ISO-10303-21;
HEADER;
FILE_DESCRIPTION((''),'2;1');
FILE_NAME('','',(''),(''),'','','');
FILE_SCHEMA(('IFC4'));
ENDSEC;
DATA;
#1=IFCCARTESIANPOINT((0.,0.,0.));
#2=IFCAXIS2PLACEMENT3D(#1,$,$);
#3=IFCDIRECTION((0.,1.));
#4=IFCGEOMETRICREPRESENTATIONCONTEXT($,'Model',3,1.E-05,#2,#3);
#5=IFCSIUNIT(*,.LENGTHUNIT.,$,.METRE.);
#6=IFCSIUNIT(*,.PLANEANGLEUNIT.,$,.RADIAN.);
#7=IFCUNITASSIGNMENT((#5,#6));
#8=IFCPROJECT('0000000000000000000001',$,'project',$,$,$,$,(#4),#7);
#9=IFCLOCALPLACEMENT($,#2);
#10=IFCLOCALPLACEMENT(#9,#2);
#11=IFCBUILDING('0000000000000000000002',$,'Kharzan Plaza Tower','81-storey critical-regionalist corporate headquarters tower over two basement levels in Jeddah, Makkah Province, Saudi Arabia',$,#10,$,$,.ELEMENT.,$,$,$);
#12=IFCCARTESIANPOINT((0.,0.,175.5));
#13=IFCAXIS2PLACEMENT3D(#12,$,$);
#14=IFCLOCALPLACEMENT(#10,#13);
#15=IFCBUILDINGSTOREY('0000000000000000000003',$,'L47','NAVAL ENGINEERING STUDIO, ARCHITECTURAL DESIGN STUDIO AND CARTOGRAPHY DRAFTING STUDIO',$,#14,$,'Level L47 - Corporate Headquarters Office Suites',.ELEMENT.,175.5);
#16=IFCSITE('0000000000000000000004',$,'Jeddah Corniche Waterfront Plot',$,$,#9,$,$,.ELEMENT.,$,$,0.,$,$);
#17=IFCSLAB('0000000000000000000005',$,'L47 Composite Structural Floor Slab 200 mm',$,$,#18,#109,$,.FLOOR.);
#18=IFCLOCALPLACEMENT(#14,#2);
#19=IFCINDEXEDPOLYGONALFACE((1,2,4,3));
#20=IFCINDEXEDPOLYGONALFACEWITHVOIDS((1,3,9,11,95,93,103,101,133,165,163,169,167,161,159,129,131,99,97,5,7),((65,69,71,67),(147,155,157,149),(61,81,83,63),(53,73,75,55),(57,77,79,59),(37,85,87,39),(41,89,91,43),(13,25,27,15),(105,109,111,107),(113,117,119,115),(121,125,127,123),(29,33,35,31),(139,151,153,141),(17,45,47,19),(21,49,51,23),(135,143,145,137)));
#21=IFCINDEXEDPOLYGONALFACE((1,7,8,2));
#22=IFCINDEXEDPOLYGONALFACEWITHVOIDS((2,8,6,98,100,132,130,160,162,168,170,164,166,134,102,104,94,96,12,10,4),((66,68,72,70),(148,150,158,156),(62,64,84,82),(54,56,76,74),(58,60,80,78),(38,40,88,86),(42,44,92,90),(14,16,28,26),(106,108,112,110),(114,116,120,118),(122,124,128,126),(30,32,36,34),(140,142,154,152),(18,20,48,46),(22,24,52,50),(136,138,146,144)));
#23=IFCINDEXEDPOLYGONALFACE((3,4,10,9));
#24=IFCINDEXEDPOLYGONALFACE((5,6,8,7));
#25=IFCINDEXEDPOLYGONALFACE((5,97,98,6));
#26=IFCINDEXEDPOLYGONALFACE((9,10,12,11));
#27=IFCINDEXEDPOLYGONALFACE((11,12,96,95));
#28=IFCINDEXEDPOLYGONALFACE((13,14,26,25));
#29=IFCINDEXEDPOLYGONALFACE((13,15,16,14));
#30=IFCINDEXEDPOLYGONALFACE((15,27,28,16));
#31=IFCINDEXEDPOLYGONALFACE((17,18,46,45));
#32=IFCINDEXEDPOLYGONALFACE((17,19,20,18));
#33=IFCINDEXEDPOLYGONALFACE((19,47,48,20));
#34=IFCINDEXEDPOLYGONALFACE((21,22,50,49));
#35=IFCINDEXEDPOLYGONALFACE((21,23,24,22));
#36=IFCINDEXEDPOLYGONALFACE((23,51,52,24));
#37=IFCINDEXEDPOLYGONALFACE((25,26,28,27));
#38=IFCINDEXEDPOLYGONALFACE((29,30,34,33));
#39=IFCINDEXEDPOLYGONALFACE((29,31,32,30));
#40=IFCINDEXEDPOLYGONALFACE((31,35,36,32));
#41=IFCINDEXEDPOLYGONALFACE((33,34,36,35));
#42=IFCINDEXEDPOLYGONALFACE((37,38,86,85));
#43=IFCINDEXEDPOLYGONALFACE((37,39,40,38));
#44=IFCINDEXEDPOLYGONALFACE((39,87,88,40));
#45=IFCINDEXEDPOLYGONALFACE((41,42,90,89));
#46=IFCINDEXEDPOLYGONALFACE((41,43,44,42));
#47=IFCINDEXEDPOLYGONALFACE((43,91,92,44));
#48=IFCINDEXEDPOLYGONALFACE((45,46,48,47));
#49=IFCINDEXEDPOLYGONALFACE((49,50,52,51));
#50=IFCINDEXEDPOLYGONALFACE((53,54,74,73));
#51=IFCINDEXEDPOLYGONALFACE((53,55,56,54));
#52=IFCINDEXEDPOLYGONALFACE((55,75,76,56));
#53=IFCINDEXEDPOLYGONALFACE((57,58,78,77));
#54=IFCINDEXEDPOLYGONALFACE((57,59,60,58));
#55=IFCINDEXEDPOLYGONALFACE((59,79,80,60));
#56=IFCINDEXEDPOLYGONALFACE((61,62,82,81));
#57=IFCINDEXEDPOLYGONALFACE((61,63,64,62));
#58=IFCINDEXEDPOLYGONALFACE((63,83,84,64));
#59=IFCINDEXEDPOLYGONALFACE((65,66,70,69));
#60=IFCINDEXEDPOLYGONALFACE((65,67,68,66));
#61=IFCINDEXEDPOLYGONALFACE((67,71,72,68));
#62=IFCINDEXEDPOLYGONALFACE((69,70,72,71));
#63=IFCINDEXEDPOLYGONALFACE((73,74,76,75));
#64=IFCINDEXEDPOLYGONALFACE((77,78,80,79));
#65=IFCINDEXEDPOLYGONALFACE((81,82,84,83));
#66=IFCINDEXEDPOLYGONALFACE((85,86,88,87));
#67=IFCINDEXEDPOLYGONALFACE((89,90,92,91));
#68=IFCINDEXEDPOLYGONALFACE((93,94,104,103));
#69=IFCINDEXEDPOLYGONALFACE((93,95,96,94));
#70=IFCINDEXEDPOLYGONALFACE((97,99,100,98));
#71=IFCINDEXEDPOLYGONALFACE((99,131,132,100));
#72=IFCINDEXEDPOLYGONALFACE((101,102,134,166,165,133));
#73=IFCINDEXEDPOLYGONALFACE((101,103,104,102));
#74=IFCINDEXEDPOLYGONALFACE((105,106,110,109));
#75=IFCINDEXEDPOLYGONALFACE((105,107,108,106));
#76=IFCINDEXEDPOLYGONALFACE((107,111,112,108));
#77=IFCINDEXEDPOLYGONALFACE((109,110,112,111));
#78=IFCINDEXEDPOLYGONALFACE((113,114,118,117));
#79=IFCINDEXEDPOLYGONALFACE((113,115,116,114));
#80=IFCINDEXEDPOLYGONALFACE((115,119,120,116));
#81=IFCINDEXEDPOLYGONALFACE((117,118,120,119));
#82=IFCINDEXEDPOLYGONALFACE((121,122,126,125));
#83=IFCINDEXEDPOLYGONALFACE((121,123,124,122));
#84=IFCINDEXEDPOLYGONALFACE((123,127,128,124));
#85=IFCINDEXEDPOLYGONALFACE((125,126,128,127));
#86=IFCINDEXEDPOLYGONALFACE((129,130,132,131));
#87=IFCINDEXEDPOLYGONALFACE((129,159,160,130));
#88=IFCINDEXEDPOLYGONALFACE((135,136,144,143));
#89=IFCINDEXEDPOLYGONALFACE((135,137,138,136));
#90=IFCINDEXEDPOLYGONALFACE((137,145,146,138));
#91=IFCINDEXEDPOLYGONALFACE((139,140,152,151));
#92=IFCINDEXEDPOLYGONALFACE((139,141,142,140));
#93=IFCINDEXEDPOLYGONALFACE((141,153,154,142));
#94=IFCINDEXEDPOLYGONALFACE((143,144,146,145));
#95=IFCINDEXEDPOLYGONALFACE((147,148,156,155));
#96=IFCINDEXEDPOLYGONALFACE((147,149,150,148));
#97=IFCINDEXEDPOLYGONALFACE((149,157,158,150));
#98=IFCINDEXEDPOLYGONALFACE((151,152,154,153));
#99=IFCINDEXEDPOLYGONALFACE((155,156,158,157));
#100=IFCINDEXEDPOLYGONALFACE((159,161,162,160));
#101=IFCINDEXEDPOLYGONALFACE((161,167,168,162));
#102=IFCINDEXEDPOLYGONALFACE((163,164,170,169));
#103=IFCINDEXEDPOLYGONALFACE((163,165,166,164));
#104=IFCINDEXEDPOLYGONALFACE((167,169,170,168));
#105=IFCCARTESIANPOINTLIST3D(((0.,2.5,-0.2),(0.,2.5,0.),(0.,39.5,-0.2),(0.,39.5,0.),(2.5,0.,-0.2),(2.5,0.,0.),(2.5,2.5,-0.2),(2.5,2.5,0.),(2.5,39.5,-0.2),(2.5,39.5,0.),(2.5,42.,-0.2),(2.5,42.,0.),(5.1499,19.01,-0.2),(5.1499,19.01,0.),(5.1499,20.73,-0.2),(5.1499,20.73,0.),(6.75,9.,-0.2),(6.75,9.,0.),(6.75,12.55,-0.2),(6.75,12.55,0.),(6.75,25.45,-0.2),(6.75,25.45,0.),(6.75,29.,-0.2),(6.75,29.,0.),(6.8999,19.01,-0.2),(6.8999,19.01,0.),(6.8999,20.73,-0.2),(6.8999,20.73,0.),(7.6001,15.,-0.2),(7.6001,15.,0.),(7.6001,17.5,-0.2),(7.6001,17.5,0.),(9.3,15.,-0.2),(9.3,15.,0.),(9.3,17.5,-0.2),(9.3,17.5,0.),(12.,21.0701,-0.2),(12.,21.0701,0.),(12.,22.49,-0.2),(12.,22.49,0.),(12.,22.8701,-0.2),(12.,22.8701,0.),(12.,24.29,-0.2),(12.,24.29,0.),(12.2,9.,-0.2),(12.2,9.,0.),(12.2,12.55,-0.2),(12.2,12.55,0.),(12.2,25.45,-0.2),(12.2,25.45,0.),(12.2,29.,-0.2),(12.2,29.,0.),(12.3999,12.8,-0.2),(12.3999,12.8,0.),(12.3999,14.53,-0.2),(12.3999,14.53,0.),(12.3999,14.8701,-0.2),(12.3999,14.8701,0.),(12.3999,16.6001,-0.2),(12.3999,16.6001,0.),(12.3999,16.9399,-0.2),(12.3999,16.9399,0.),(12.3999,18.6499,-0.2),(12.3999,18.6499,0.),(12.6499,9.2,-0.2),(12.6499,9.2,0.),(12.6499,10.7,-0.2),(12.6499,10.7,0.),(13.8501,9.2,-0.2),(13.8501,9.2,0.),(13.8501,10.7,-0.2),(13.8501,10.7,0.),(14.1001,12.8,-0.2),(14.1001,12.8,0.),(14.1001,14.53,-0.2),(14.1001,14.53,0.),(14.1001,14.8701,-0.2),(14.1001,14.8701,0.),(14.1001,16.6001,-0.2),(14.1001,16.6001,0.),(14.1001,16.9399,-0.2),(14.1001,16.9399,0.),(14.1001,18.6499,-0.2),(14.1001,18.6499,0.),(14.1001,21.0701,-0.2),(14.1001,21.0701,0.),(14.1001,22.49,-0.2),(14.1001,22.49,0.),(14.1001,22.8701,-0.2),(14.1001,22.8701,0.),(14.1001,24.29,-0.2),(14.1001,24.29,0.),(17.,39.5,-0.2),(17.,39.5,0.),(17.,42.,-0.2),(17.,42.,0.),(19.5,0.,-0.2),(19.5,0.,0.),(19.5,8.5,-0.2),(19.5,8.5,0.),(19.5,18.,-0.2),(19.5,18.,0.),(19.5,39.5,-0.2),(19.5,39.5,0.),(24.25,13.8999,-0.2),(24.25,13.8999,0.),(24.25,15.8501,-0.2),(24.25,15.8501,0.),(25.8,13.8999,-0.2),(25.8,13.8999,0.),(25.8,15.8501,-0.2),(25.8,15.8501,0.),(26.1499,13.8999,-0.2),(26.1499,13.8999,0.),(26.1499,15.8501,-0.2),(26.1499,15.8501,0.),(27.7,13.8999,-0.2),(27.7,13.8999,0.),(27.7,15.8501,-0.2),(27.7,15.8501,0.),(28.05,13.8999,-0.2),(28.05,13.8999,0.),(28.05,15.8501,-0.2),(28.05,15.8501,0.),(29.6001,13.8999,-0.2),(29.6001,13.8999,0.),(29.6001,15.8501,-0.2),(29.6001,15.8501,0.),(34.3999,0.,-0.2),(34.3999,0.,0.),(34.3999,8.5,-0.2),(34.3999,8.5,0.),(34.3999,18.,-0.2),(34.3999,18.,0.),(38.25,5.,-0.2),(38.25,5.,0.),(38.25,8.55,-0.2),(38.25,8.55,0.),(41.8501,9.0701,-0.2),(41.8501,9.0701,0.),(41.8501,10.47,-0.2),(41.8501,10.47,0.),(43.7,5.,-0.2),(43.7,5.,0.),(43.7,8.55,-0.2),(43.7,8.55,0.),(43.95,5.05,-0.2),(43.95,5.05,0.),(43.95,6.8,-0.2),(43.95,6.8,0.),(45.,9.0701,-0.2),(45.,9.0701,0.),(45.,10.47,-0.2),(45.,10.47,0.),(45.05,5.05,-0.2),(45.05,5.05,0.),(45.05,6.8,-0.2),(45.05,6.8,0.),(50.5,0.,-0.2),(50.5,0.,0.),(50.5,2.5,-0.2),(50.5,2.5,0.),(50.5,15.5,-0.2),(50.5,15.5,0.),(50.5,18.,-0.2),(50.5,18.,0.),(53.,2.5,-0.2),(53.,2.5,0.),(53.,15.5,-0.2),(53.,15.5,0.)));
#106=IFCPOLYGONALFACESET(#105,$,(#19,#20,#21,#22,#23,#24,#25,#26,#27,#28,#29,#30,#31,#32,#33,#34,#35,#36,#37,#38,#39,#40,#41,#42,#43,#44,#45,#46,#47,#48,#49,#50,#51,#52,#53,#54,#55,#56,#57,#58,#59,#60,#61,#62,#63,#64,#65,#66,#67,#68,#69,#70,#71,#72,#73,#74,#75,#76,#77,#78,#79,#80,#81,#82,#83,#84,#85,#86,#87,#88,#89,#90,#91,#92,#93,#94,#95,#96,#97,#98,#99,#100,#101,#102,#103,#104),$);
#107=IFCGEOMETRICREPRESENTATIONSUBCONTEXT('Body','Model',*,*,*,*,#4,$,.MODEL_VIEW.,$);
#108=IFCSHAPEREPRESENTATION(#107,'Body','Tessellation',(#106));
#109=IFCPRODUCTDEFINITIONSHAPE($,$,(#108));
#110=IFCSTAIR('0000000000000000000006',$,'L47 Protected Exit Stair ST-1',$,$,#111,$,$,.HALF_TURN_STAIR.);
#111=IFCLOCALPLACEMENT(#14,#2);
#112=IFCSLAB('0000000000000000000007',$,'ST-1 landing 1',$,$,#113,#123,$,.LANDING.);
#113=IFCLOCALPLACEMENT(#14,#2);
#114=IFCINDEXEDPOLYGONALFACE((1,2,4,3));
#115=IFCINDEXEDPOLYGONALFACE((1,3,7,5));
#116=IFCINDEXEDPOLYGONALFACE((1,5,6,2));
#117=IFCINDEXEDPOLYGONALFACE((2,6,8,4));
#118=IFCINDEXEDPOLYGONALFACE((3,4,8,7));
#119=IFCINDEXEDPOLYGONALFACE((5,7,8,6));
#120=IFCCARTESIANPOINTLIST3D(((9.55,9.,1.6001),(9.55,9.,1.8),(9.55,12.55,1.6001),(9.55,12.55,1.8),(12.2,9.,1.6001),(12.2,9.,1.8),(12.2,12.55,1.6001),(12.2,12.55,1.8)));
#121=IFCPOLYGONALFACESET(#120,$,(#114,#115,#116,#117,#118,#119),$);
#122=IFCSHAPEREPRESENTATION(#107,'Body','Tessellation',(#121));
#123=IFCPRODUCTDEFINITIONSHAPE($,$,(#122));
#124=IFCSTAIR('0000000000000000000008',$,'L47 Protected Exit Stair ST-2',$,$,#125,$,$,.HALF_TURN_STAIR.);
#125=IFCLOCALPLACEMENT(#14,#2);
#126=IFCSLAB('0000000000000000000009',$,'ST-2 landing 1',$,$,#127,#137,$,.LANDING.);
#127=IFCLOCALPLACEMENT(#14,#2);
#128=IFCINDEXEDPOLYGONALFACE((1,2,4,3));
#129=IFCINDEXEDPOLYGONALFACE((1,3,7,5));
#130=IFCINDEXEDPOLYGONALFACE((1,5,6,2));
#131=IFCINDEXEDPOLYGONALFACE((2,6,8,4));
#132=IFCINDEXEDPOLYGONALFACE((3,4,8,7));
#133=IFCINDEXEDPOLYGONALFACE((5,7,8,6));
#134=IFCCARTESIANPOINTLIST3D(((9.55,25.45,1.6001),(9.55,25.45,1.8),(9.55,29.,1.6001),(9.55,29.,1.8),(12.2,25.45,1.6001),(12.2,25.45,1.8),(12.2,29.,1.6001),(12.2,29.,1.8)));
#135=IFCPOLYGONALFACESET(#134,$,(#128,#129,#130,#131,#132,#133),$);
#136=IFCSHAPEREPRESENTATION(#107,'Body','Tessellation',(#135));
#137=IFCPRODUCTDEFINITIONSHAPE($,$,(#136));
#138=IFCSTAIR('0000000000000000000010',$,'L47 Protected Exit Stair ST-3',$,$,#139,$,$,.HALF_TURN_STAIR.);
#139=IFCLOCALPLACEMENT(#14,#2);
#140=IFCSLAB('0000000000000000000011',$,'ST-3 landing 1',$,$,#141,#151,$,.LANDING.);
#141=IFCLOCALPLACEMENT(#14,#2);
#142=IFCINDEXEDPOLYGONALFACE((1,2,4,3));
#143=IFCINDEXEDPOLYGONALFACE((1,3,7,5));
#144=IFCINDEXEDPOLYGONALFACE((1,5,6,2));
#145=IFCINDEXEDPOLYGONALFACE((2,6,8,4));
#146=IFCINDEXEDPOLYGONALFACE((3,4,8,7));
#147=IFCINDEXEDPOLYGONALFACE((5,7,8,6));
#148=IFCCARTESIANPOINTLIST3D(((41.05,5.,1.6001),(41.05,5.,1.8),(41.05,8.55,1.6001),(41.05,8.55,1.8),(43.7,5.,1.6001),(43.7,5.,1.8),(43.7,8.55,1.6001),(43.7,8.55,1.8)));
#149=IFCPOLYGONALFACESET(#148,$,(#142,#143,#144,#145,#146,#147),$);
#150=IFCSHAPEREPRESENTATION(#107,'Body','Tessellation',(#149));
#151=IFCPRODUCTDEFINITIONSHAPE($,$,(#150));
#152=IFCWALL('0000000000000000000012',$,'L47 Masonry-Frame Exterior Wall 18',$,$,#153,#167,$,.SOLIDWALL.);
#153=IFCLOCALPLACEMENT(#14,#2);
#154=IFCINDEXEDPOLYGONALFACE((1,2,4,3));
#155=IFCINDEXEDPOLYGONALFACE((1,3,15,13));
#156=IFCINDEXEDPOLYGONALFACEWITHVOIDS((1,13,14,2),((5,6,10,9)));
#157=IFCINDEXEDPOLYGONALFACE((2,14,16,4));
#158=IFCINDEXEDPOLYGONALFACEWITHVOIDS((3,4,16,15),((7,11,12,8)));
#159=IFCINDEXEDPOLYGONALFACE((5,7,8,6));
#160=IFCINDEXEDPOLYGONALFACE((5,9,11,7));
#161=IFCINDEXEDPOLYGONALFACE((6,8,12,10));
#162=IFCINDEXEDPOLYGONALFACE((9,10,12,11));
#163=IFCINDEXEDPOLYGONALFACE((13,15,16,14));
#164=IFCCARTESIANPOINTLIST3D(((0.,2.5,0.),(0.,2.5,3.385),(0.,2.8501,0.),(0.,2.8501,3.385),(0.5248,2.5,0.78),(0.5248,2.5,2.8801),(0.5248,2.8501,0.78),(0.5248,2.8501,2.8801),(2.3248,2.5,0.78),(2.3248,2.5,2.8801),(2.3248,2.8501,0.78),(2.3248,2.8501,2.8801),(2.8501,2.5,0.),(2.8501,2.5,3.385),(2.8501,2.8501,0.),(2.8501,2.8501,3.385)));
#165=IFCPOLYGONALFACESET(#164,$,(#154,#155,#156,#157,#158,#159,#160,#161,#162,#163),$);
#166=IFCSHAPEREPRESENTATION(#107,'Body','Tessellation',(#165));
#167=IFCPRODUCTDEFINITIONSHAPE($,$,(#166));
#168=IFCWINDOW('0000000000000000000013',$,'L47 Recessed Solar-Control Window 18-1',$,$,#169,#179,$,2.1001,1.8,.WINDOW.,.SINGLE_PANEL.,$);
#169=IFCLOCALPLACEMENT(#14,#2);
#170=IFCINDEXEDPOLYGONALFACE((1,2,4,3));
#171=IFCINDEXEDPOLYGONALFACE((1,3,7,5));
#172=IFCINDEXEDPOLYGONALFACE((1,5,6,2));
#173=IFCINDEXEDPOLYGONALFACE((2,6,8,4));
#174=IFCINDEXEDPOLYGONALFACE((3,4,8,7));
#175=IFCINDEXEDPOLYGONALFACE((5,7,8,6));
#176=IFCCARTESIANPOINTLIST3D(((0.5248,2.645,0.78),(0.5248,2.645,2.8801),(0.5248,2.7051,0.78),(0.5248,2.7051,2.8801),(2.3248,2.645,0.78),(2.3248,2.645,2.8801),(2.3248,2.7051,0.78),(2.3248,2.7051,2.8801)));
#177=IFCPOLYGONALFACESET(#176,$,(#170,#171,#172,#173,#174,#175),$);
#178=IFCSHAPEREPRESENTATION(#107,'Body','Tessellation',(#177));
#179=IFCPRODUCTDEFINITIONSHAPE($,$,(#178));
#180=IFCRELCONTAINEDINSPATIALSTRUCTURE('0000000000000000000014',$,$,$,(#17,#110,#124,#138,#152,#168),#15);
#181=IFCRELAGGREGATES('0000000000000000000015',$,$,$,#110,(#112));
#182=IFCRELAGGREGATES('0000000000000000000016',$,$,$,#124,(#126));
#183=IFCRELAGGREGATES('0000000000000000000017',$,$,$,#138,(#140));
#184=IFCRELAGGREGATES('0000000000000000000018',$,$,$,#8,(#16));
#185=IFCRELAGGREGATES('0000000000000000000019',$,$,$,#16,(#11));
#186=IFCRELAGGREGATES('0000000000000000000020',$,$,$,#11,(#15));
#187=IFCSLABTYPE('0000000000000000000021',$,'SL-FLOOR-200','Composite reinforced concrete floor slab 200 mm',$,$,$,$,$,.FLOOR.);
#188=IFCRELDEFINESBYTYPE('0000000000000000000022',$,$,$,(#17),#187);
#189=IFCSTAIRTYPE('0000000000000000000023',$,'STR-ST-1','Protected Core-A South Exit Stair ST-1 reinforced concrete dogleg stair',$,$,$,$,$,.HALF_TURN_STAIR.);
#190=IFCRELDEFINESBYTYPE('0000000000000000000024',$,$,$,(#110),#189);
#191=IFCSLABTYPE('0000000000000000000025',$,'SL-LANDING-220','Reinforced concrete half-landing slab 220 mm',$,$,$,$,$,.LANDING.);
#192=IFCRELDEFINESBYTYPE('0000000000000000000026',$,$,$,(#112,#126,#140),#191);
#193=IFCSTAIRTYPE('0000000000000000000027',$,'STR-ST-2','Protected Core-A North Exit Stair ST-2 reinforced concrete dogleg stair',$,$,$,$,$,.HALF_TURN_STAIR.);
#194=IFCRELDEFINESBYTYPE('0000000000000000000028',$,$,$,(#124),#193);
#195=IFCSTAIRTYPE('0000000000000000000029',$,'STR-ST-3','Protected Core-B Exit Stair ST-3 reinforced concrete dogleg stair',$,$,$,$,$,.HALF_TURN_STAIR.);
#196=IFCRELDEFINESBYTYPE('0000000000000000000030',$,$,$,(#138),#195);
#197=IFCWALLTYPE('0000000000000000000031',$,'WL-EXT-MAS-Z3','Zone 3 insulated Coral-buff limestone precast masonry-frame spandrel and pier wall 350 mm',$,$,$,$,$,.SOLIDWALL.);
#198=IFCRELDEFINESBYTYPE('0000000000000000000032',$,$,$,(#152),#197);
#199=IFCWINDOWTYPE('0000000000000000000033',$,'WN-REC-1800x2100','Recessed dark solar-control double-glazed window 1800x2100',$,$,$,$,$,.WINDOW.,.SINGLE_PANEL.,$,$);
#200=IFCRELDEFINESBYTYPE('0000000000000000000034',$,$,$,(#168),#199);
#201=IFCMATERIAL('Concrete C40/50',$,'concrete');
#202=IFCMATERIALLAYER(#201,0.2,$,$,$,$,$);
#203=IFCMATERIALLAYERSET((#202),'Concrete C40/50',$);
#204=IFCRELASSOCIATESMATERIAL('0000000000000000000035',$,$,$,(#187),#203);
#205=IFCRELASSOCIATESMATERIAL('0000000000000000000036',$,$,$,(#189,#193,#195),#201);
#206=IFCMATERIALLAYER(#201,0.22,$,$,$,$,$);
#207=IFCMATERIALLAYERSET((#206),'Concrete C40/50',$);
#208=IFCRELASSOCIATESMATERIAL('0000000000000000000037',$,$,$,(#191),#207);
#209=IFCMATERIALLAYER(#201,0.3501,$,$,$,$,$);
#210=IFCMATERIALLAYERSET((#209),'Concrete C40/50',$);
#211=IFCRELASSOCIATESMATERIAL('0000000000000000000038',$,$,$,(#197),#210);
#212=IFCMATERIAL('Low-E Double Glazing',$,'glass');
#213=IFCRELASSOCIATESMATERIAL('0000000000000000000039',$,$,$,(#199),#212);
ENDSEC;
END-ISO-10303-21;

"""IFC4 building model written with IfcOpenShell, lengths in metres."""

from ifc_helpers import new_model, si_unit, direction, frame, frame_2d, origin, place, context, subcontext, project, spatial, polyline, rectangle, outline, extrude, source, transform, mapped, material, layer, layer_set, type_object, element, fill, aggregate, save


model = new_model("IFC4")

# Units and contexts
model_context = context("Model", 3, precision=1e-05, world=origin(), true_north=direction((0.0, 1.0)))
body_context = subcontext(model_context, "Body", "Model", "MODEL_VIEW")
ifc_project = project(units=[si_unit("LENGTHUNIT", "METRE"), si_unit("PLANEANGLEUNIT", "RADIAN")], contexts=[model_context])

# Site, building, storey
site_placement = place(None, origin())
site = spatial("IfcSite", under=ifc_project, at=site_placement, Name="Jeddah Corniche Waterfront Plot", CompositionType="ELEMENT", RefElevation=0.0)
building_placement = place(site_placement, origin())
building = spatial("IfcBuilding", under=site, at=building_placement, Name="Kharzan Plaza Tower", Description="81-storey critical-regionalist corporate headquarters tower over two basement levels in Jeddah, Makkah Province, Saudi Arabia", CompositionType="ELEMENT")
storey_placement = place(building_placement, frame((0.0, 0.0, 175.5)))
storey = spatial("IfcBuildingStorey", under=building, at=storey_placement, Name="L47", Description="NAVAL ENGINEERING STUDIO, ARCHITECTURAL DESIGN STUDIO AND CARTOGRAPHY DRAFTING STUDIO", LongName="Level L47 - Corporate Headquarters Office Suites", CompositionType="ELEMENT", Elevation=175.5)

# Slab
ifc_material_1 = material(Name="Concrete C40/50", Category="concrete")
ifc_layer_1 = layer(ifc_material_1, 0.2)
ifc_layer_set_1 = layer_set([ifc_layer_1], Name="Concrete C40/50")
slab_type_1 = type_object("IfcSlabType", Name="SL-FLOOR-200", Description="Composite reinforced concrete floor slab 200 mm", PredefinedType="FLOOR", material=ifc_layer_set_1)
slab_1_placement = place(storey_placement, frame((0.0, 0.0, -0.2)))
element("IfcSlab", 1, at=slab_1_placement, inside=storey, type_object=slab_type_1, Name="L47 Composite Structural Floor Slab 200 mm", PredefinedType="FLOOR", context=body_context, shape_type="SweptSolid", body=[
    extrude(outline(polyline([(34.3999, 18.0), (19.5, 18.0), (19.5, 39.5), (17.0, 39.5), (17.0, 42.0), (2.5, 42.0), (2.5, 39.5), (0.0, 39.5), (0.0, 2.5), (2.5, 2.5), (2.5, 0.0), (19.5, 0.0), (19.5, 8.5), (34.3999, 8.5), (34.3999, 0.0), (50.5, 0.0), (50.5, 2.5), (53.0, 2.5), (53.0, 15.5), (50.5, 15.5), (50.5, 18.0), (34.3999, 18.0)]), holes=[polyline([(12.2, 9.0), (12.2, 12.55), (6.75, 12.55), (6.75, 9.0), (12.2, 9.0)]), polyline([(14.1001, 12.8), (14.1001, 14.53), (12.3999, 14.53), (12.3999, 12.8), (14.1001, 12.8)]), polyline([(14.1001, 14.8701), (14.1001, 16.6001), (12.3999, 16.6001), (12.3999, 14.8701), (14.1001, 14.8701)]), polyline([(9.3, 15.0), (9.3, 17.5), (7.6001, 17.5), (7.6001, 15.0), (9.3, 15.0)]), polyline([(6.8999, 19.01), (6.8999, 20.73), (5.1499, 20.73), (5.1499, 19.01), (6.8999, 19.01)]), polyline([(14.1001, 21.0701), (14.1001, 22.49), (12.0, 22.49), (12.0, 21.0701), (14.1001, 21.0701)]), polyline([(14.1001, 22.8701), (14.1001, 24.29), (12.0, 24.29), (12.0, 22.8701), (14.1001, 22.8701)]), polyline([(12.2, 25.45), (12.2, 29.0), (6.75, 29.0), (6.75, 25.45), (12.2, 25.45)]), polyline([(45.05, 5.05), (45.05, 6.8), (43.95, 6.8), (43.95, 5.05), (45.05, 5.05)]), polyline([(43.7, 5.0), (43.7, 8.55), (38.25, 8.55), (38.25, 5.0), (43.7, 5.0)]), polyline([(45.0, 9.0701), (45.0, 10.47), (41.8501, 10.47), (41.8501, 9.0701), (45.0, 9.0701)]), polyline([(13.8501, 9.2), (13.8501, 10.7), (12.6499, 10.7), (12.6499, 9.2), (13.8501, 9.2)]), polyline([(25.8, 13.8999), (25.8, 15.8501), (24.25, 15.8501), (24.25, 13.8999), (25.8, 13.8999)]), polyline([(27.7, 13.8999), (27.7, 15.8501), (26.1499, 15.8501), (26.1499, 13.8999), (27.7, 13.8999)]), polyline([(29.6001, 13.8999), (29.6001, 15.8501), (28.05, 15.8501), (28.05, 13.8999), (29.6001, 13.8999)]), polyline([(14.1001, 16.9399), (14.1001, 18.6499), (12.3999, 18.6499), (12.3999, 16.9399), (14.1001, 16.9399)])]), origin(), (0.0, 0.0, 1.0), 0.2),
])

# Stairs, slabs
stair_type_1 = type_object("IfcStairType", Name="STR-ST-1", Description="Protected Core-A South Exit Stair ST-1 reinforced concrete dogleg stair", PredefinedType="HALF_TURN_STAIR", material=ifc_material_1)
stair_1_placement = place(storey_placement, origin())
stair_1 = element("IfcStair", 2, at=stair_1_placement, inside=storey, type_object=stair_type_1, Name="L47 Protected Exit Stair ST-1", PredefinedType="HALF_TURN_STAIR")
ifc_layer_2 = layer(ifc_material_1, 0.22)
ifc_layer_set_2 = layer_set([ifc_layer_2], Name="Concrete C40/50")
slab_type_2 = type_object("IfcSlabType", Name="SL-LANDING-220", Description="Reinforced concrete half-landing slab 220 mm", PredefinedType="LANDING", material=ifc_layer_set_2)
slab_2_placement = place(storey_placement, frame((0.0, 0.0, 1.6001)))
slab_2 = element("IfcSlab", 3, at=slab_2_placement, type_object=slab_type_2, Name="ST-1 landing 1", PredefinedType="LANDING", context=body_context, shape_type="SweptSolid", body=[
    extrude(outline(polyline([(9.55, 9.0), (12.2, 9.0), (12.2, 12.55), (9.55, 12.55), (9.55, 9.0)])), origin(), (0.0, 0.0, 1.0), 0.2),
])
aggregate(stair_1, [slab_2])
stair_type_2 = type_object("IfcStairType", Name="STR-ST-2", Description="Protected Core-A North Exit Stair ST-2 reinforced concrete dogleg stair", PredefinedType="HALF_TURN_STAIR", material=ifc_material_1)
stair_2_placement = place(storey_placement, origin())
stair_2 = element("IfcStair", 4, at=stair_2_placement, inside=storey, type_object=stair_type_2, Name="L47 Protected Exit Stair ST-2", PredefinedType="HALF_TURN_STAIR")
slab_3_placement = place(storey_placement, frame((0.0, 0.0, 1.6001)))
slab_3 = element("IfcSlab", 5, at=slab_3_placement, type_object=slab_type_2, Name="ST-2 landing 1", PredefinedType="LANDING", context=body_context, shape_type="SweptSolid", body=[
    extrude(outline(polyline([(9.55, 25.45), (12.2, 25.45), (12.2, 29.0), (9.55, 29.0), (9.55, 25.45)])), origin(), (0.0, 0.0, 1.0), 0.2),
])
aggregate(stair_2, [slab_3])
stair_type_3 = type_object("IfcStairType", Name="STR-ST-3", Description="Protected Core-B Exit Stair ST-3 reinforced concrete dogleg stair", PredefinedType="HALF_TURN_STAIR", material=ifc_material_1)
stair_3_placement = place(storey_placement, origin())
stair_3 = element("IfcStair", 6, at=stair_3_placement, inside=storey, type_object=stair_type_3, Name="L47 Protected Exit Stair ST-3", PredefinedType="HALF_TURN_STAIR")
slab_4_placement = place(storey_placement, frame((0.0, 0.0, 1.6001)))
slab_4 = element("IfcSlab", 7, at=slab_4_placement, type_object=slab_type_2, Name="ST-3 landing 1", PredefinedType="LANDING", context=body_context, shape_type="SweptSolid", body=[
    extrude(outline(polyline([(41.05, 5.0), (43.7, 5.0), (43.7, 8.55), (41.05, 8.55), (41.05, 5.0)])), origin(), (0.0, 0.0, 1.0), 0.2),
])
aggregate(stair_3, [slab_4])

# Wall, opening, window
ifc_layer_3 = layer(ifc_material_1, 0.3501)
ifc_layer_set_3 = layer_set([ifc_layer_3], Name="Concrete C40/50")
wall_type_1 = type_object("IfcWallType", Name="WL-EXT-MAS-Z3", Description="Zone 3 insulated Coral-buff limestone precast masonry-frame spandrel and pier wall 350 mm", PredefinedType="SOLIDWALL", material=ifc_layer_set_3)
wall_1_placement = place(storey_placement, frame((0.0, 2.675, 0.0), z_axis=(0.0, 0.0, 1.0), x_axis=(1.0, 0.0, 0.0)))
wall_1 = element("IfcWall", 8, at=wall_1_placement, inside=storey, type_object=wall_type_1, Name="L47 Masonry-Frame Exterior Wall 18", PredefinedType="SOLIDWALL", context=body_context, shape_type="SweptSolid", body=[
    extrude(rectangle(XDim=2.8501, YDim=0.3501, at=frame_2d((1.425, 0.0))), origin(), (0.0, 0.0, 1.0), 3.385),
])
opening_1_placement = place(wall_1_placement, frame((0.5249, 0.0, 0.78)))
opening_1 = element("IfcOpeningElement", 9, at=opening_1_placement, cuts=wall_1, PredefinedType="OPENING", context=body_context, shape_type="SweptSolid", body=[
    extrude(rectangle(XDim=1.8, YDim=2.1001, at=frame_2d((0.8999, 1.05))), frame((0.0, 0.1851, 0.0), z_axis=(0.0, -1.0, 0.0), x_axis=(1.0, 0.0, 0.0)), (0.0, 0.0, 1.0), 0.3701),
])
ifc_material_2 = material(Name="Low-E Double Glazing", Category="glass")
window_type_1 = type_object("IfcWindowType", Name="WN-REC-1800x2100", Description="Recessed dark solar-control double-glazed window 1800x2100", PartitioningType="SINGLE_PANEL", PredefinedType="WINDOW", material=ifc_material_2)
shared_shape_1 = source(origin(), body_context, "Body", "SweptSolid", [
    extrude(rectangle(XDim=1.8, YDim=2.1001, at=frame_2d((0.8999, 1.05))), frame((0.0, 0.03, 0.0), z_axis=(0.0, -1.0, 0.0), x_axis=(1.0, 0.0, 0.0)), (0.0, 0.0, 1.0), 0.0601),
])
window_1_placement = place(opening_1_placement, origin())
window_1 = element("IfcWindow", 10, at=window_1_placement, inside=storey, type_object=window_type_1, Name="L47 Recessed Solar-Control Window 18-1", OverallHeight=2.1001, OverallWidth=1.8, PartitioningType="SINGLE_PANEL", PredefinedType="WINDOW", context=body_context, shape_type="MappedRepresentation", body=[
    mapped(shared_shape_1, transform((0.0, 0.0, 0.0), x_axis=(1.0, 0.0, 0.0), y_axis=(0.0, 1.0, 0.0), z_axis=(0.0, 0.0, 1.0))),
])
fill(opening_1, window_1)

save(model, "model.ifc")
